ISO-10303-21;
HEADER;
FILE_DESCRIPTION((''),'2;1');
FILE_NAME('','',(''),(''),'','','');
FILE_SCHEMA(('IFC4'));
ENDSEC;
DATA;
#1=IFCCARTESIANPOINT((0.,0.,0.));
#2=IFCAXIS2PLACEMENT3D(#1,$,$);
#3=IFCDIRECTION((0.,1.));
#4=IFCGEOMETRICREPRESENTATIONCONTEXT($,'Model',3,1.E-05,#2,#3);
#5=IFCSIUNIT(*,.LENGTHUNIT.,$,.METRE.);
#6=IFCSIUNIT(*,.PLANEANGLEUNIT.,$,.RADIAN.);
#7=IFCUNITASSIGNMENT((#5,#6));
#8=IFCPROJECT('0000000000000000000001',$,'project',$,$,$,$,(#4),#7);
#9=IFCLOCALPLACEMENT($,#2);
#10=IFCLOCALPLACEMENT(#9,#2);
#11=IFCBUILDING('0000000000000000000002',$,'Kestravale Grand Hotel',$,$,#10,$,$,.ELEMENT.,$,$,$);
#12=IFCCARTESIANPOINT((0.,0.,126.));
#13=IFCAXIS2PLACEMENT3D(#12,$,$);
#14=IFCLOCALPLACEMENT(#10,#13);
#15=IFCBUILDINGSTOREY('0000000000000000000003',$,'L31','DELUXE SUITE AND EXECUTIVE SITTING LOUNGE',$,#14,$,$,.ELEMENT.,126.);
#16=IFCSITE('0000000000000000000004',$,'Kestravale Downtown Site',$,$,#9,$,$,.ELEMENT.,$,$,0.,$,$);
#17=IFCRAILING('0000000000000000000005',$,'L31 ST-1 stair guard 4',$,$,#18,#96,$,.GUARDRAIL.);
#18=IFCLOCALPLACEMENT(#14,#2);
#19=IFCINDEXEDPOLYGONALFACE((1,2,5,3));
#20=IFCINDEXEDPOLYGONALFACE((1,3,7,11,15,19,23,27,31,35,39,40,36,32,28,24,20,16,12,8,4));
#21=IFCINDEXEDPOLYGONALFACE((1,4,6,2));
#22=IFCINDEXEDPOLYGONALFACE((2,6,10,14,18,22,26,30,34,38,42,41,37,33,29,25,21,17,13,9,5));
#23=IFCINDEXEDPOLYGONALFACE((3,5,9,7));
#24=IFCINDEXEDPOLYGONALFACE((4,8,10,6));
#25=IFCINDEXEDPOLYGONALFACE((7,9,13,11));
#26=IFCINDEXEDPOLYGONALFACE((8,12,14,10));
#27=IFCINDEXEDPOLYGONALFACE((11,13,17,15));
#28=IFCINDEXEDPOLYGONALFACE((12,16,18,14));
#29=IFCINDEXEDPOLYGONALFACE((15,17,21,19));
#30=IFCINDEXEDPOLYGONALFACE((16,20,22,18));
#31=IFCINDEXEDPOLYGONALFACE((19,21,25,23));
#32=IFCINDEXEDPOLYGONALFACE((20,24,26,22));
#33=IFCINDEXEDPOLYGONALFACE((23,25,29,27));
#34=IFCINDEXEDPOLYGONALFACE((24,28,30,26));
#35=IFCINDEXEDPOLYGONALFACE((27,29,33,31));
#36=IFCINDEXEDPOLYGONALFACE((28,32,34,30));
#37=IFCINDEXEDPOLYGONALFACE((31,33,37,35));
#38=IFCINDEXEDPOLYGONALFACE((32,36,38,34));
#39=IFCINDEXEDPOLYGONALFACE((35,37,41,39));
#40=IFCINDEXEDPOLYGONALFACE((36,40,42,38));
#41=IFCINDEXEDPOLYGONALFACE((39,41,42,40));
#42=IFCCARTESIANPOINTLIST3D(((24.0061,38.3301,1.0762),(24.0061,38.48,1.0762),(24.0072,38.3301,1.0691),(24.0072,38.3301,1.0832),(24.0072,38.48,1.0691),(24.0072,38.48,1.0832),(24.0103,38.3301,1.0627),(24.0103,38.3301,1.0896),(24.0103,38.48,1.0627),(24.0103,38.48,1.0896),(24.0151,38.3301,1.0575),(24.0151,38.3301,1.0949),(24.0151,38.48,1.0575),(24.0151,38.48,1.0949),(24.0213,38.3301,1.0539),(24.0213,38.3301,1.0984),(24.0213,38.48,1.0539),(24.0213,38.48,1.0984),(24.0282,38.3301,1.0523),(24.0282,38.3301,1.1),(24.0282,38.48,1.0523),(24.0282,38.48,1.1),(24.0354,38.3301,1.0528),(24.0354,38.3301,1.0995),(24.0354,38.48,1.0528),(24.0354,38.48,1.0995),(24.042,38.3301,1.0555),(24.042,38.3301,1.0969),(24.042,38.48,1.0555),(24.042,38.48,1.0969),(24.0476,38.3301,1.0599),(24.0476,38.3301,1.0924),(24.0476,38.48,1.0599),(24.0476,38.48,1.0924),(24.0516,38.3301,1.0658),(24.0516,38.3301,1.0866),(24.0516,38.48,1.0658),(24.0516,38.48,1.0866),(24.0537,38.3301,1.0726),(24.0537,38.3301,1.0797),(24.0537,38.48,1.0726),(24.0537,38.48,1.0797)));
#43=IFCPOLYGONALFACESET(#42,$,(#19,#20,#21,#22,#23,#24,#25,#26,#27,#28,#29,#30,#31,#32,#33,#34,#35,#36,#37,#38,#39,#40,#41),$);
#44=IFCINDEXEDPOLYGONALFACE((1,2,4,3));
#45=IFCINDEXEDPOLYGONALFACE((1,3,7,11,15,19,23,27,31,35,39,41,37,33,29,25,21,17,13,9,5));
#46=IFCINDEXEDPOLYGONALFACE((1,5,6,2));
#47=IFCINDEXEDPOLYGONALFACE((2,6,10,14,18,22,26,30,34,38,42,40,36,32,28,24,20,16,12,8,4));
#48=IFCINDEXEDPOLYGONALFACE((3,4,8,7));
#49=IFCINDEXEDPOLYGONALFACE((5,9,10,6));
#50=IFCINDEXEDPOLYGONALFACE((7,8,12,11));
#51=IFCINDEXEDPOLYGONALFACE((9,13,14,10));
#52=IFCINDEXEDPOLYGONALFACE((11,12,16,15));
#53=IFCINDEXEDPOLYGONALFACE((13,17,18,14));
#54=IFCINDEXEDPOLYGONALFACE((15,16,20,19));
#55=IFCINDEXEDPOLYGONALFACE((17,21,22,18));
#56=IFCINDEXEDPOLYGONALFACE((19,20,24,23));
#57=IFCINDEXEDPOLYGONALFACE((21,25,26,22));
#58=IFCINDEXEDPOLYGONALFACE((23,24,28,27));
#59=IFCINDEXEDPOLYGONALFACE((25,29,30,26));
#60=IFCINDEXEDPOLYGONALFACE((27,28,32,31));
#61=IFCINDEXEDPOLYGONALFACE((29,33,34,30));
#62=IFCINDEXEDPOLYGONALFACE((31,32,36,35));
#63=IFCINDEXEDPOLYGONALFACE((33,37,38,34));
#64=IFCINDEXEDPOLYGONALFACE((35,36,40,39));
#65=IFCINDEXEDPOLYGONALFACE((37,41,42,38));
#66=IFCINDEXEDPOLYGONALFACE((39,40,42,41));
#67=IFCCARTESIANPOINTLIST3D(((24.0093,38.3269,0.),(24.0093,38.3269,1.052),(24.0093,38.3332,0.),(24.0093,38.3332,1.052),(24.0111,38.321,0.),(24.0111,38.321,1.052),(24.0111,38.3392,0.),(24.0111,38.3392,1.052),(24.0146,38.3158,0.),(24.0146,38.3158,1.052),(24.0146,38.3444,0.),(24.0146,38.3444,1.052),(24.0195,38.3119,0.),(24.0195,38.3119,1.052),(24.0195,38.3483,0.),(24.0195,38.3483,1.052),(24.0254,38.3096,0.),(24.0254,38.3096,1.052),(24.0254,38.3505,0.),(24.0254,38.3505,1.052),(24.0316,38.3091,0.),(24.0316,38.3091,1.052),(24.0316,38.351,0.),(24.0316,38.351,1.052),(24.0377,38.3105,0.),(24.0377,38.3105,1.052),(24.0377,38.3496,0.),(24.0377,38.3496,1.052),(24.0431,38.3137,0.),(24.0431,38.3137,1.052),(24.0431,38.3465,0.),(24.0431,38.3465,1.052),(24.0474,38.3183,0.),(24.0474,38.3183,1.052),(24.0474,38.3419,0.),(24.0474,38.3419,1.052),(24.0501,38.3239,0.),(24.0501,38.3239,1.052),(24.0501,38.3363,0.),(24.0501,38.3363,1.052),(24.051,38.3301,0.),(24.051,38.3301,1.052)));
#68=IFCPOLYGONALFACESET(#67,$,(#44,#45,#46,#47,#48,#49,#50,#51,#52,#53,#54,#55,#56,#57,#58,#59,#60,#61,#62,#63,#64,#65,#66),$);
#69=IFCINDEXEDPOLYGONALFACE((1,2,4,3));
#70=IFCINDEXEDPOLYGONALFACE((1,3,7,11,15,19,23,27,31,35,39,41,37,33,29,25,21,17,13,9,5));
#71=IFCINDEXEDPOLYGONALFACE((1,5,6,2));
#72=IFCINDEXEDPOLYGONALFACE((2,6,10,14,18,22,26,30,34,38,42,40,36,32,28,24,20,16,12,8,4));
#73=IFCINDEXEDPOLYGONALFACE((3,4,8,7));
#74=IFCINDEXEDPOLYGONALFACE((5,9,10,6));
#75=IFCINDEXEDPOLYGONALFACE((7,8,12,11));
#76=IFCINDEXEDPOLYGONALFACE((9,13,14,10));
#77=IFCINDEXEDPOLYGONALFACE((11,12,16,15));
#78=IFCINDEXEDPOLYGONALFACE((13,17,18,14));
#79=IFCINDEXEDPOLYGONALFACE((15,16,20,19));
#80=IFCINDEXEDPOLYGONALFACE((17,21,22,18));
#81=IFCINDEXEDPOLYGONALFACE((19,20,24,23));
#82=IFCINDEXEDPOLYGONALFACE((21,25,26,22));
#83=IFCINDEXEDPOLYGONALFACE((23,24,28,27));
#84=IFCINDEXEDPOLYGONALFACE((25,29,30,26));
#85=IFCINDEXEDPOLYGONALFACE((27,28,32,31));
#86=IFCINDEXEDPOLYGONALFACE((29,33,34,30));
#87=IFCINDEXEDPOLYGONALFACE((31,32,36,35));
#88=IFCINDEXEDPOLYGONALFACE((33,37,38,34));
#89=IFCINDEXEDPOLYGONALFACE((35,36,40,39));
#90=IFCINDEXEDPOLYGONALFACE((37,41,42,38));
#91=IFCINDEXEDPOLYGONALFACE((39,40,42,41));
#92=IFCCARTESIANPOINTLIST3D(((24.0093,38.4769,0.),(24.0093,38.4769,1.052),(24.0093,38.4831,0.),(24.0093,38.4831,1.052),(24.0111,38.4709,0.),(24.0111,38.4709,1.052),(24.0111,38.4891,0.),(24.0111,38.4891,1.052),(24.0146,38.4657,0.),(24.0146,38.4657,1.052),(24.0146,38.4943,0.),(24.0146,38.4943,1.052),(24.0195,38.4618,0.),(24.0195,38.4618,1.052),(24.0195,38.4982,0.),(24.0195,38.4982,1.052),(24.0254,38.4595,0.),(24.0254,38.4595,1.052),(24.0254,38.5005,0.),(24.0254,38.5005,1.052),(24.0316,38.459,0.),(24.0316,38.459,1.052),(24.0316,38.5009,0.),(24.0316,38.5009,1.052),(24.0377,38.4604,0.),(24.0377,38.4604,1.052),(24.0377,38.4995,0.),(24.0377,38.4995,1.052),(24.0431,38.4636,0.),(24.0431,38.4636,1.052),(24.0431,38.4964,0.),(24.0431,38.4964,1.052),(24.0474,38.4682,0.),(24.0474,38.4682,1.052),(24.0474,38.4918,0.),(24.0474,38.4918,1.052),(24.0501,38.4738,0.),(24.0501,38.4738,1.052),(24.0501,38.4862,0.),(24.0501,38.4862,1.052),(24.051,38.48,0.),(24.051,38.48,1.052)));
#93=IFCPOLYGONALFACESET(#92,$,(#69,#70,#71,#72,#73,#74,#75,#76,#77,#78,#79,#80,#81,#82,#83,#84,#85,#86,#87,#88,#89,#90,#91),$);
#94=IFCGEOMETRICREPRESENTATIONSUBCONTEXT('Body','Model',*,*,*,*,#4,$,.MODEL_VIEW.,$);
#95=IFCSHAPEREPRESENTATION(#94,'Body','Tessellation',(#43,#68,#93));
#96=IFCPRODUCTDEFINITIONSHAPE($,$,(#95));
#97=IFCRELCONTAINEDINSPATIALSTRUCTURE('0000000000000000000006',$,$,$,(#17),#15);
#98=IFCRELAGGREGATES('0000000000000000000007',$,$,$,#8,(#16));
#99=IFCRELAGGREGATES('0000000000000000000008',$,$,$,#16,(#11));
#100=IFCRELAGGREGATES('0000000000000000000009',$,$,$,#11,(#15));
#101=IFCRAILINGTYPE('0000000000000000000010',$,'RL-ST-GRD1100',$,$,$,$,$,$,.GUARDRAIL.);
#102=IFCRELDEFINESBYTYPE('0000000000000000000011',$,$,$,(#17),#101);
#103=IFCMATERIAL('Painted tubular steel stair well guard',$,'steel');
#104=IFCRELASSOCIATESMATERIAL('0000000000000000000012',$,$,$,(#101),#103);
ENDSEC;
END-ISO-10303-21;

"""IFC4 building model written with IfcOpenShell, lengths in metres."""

from ifc_helpers import new_model, si_unit, direction, frame, origin, origin_2d, place, context, subcontext, project, spatial, circle, extrude, material, type_object, element, save


model = new_model("IFC4")

# Units and contexts
model_context = context("Model", 3, precision=1e-05, world=origin(), true_north=direction((0.0, 1.0)))
body_context = subcontext(model_context, "Body", "Model", "MODEL_VIEW")
ifc_project = project(units=[si_unit("LENGTHUNIT", "METRE"), si_unit("PLANEANGLEUNIT", "RADIAN")], contexts=[model_context])

# Site, building, storey
site_placement = place(None, origin())
site = spatial("IfcSite", under=ifc_project, at=site_placement, Name="Kestravale Downtown Site", CompositionType="ELEMENT", RefElevation=0.0)
building_placement = place(site_placement, origin())
building = spatial("IfcBuilding", under=site, at=building_placement, Name="Kestravale Grand Hotel", CompositionType="ELEMENT")
storey_placement = place(building_placement, frame((0.0, 0.0, 126.0)))
storey = spatial("IfcBuildingStorey", under=building, at=storey_placement, Name="L31", Description="DELUXE SUITE AND EXECUTIVE SITTING LOUNGE", CompositionType="ELEMENT", Elevation=126.0)

# Railing
ifc_material_1 = material(Name="Painted tubular steel stair well guard", Category="steel")
railing_type_1 = type_object("IfcRailingType", Name="RL-ST-GRD1100", PredefinedType="GUARDRAIL", material=ifc_material_1)
railing_1_placement = place(storey_placement, frame((24.03, 38.3301, 0.0)))
element("IfcRailing", 1, at=railing_1_placement, inside=storey, type_object=railing_type_1, Name="L31 ST-1 stair guard 4", PredefinedType="GUARDRAIL", context=body_context, shape_type="SweptSolid", body=[
    extrude(circle(Radius=0.0239, at=origin_2d()), frame((0.0, 0.0, 1.0762), z_axis=(0.0, 1.0, 0.0), x_axis=(-1.0, 0.0, 0.0)), (0.0, 0.0, 1.0), 0.1499),
    extrude(circle(Radius=0.021, at=origin_2d()), origin(), (0.0, 0.0, 1.0), 1.052),
    extrude(circle(Radius=0.021, at=origin_2d()), frame((0.0, 0.1499, 0.0)), (0.0, 0.0, 1.0), 1.052),
])

save(model, "model.ifc")
